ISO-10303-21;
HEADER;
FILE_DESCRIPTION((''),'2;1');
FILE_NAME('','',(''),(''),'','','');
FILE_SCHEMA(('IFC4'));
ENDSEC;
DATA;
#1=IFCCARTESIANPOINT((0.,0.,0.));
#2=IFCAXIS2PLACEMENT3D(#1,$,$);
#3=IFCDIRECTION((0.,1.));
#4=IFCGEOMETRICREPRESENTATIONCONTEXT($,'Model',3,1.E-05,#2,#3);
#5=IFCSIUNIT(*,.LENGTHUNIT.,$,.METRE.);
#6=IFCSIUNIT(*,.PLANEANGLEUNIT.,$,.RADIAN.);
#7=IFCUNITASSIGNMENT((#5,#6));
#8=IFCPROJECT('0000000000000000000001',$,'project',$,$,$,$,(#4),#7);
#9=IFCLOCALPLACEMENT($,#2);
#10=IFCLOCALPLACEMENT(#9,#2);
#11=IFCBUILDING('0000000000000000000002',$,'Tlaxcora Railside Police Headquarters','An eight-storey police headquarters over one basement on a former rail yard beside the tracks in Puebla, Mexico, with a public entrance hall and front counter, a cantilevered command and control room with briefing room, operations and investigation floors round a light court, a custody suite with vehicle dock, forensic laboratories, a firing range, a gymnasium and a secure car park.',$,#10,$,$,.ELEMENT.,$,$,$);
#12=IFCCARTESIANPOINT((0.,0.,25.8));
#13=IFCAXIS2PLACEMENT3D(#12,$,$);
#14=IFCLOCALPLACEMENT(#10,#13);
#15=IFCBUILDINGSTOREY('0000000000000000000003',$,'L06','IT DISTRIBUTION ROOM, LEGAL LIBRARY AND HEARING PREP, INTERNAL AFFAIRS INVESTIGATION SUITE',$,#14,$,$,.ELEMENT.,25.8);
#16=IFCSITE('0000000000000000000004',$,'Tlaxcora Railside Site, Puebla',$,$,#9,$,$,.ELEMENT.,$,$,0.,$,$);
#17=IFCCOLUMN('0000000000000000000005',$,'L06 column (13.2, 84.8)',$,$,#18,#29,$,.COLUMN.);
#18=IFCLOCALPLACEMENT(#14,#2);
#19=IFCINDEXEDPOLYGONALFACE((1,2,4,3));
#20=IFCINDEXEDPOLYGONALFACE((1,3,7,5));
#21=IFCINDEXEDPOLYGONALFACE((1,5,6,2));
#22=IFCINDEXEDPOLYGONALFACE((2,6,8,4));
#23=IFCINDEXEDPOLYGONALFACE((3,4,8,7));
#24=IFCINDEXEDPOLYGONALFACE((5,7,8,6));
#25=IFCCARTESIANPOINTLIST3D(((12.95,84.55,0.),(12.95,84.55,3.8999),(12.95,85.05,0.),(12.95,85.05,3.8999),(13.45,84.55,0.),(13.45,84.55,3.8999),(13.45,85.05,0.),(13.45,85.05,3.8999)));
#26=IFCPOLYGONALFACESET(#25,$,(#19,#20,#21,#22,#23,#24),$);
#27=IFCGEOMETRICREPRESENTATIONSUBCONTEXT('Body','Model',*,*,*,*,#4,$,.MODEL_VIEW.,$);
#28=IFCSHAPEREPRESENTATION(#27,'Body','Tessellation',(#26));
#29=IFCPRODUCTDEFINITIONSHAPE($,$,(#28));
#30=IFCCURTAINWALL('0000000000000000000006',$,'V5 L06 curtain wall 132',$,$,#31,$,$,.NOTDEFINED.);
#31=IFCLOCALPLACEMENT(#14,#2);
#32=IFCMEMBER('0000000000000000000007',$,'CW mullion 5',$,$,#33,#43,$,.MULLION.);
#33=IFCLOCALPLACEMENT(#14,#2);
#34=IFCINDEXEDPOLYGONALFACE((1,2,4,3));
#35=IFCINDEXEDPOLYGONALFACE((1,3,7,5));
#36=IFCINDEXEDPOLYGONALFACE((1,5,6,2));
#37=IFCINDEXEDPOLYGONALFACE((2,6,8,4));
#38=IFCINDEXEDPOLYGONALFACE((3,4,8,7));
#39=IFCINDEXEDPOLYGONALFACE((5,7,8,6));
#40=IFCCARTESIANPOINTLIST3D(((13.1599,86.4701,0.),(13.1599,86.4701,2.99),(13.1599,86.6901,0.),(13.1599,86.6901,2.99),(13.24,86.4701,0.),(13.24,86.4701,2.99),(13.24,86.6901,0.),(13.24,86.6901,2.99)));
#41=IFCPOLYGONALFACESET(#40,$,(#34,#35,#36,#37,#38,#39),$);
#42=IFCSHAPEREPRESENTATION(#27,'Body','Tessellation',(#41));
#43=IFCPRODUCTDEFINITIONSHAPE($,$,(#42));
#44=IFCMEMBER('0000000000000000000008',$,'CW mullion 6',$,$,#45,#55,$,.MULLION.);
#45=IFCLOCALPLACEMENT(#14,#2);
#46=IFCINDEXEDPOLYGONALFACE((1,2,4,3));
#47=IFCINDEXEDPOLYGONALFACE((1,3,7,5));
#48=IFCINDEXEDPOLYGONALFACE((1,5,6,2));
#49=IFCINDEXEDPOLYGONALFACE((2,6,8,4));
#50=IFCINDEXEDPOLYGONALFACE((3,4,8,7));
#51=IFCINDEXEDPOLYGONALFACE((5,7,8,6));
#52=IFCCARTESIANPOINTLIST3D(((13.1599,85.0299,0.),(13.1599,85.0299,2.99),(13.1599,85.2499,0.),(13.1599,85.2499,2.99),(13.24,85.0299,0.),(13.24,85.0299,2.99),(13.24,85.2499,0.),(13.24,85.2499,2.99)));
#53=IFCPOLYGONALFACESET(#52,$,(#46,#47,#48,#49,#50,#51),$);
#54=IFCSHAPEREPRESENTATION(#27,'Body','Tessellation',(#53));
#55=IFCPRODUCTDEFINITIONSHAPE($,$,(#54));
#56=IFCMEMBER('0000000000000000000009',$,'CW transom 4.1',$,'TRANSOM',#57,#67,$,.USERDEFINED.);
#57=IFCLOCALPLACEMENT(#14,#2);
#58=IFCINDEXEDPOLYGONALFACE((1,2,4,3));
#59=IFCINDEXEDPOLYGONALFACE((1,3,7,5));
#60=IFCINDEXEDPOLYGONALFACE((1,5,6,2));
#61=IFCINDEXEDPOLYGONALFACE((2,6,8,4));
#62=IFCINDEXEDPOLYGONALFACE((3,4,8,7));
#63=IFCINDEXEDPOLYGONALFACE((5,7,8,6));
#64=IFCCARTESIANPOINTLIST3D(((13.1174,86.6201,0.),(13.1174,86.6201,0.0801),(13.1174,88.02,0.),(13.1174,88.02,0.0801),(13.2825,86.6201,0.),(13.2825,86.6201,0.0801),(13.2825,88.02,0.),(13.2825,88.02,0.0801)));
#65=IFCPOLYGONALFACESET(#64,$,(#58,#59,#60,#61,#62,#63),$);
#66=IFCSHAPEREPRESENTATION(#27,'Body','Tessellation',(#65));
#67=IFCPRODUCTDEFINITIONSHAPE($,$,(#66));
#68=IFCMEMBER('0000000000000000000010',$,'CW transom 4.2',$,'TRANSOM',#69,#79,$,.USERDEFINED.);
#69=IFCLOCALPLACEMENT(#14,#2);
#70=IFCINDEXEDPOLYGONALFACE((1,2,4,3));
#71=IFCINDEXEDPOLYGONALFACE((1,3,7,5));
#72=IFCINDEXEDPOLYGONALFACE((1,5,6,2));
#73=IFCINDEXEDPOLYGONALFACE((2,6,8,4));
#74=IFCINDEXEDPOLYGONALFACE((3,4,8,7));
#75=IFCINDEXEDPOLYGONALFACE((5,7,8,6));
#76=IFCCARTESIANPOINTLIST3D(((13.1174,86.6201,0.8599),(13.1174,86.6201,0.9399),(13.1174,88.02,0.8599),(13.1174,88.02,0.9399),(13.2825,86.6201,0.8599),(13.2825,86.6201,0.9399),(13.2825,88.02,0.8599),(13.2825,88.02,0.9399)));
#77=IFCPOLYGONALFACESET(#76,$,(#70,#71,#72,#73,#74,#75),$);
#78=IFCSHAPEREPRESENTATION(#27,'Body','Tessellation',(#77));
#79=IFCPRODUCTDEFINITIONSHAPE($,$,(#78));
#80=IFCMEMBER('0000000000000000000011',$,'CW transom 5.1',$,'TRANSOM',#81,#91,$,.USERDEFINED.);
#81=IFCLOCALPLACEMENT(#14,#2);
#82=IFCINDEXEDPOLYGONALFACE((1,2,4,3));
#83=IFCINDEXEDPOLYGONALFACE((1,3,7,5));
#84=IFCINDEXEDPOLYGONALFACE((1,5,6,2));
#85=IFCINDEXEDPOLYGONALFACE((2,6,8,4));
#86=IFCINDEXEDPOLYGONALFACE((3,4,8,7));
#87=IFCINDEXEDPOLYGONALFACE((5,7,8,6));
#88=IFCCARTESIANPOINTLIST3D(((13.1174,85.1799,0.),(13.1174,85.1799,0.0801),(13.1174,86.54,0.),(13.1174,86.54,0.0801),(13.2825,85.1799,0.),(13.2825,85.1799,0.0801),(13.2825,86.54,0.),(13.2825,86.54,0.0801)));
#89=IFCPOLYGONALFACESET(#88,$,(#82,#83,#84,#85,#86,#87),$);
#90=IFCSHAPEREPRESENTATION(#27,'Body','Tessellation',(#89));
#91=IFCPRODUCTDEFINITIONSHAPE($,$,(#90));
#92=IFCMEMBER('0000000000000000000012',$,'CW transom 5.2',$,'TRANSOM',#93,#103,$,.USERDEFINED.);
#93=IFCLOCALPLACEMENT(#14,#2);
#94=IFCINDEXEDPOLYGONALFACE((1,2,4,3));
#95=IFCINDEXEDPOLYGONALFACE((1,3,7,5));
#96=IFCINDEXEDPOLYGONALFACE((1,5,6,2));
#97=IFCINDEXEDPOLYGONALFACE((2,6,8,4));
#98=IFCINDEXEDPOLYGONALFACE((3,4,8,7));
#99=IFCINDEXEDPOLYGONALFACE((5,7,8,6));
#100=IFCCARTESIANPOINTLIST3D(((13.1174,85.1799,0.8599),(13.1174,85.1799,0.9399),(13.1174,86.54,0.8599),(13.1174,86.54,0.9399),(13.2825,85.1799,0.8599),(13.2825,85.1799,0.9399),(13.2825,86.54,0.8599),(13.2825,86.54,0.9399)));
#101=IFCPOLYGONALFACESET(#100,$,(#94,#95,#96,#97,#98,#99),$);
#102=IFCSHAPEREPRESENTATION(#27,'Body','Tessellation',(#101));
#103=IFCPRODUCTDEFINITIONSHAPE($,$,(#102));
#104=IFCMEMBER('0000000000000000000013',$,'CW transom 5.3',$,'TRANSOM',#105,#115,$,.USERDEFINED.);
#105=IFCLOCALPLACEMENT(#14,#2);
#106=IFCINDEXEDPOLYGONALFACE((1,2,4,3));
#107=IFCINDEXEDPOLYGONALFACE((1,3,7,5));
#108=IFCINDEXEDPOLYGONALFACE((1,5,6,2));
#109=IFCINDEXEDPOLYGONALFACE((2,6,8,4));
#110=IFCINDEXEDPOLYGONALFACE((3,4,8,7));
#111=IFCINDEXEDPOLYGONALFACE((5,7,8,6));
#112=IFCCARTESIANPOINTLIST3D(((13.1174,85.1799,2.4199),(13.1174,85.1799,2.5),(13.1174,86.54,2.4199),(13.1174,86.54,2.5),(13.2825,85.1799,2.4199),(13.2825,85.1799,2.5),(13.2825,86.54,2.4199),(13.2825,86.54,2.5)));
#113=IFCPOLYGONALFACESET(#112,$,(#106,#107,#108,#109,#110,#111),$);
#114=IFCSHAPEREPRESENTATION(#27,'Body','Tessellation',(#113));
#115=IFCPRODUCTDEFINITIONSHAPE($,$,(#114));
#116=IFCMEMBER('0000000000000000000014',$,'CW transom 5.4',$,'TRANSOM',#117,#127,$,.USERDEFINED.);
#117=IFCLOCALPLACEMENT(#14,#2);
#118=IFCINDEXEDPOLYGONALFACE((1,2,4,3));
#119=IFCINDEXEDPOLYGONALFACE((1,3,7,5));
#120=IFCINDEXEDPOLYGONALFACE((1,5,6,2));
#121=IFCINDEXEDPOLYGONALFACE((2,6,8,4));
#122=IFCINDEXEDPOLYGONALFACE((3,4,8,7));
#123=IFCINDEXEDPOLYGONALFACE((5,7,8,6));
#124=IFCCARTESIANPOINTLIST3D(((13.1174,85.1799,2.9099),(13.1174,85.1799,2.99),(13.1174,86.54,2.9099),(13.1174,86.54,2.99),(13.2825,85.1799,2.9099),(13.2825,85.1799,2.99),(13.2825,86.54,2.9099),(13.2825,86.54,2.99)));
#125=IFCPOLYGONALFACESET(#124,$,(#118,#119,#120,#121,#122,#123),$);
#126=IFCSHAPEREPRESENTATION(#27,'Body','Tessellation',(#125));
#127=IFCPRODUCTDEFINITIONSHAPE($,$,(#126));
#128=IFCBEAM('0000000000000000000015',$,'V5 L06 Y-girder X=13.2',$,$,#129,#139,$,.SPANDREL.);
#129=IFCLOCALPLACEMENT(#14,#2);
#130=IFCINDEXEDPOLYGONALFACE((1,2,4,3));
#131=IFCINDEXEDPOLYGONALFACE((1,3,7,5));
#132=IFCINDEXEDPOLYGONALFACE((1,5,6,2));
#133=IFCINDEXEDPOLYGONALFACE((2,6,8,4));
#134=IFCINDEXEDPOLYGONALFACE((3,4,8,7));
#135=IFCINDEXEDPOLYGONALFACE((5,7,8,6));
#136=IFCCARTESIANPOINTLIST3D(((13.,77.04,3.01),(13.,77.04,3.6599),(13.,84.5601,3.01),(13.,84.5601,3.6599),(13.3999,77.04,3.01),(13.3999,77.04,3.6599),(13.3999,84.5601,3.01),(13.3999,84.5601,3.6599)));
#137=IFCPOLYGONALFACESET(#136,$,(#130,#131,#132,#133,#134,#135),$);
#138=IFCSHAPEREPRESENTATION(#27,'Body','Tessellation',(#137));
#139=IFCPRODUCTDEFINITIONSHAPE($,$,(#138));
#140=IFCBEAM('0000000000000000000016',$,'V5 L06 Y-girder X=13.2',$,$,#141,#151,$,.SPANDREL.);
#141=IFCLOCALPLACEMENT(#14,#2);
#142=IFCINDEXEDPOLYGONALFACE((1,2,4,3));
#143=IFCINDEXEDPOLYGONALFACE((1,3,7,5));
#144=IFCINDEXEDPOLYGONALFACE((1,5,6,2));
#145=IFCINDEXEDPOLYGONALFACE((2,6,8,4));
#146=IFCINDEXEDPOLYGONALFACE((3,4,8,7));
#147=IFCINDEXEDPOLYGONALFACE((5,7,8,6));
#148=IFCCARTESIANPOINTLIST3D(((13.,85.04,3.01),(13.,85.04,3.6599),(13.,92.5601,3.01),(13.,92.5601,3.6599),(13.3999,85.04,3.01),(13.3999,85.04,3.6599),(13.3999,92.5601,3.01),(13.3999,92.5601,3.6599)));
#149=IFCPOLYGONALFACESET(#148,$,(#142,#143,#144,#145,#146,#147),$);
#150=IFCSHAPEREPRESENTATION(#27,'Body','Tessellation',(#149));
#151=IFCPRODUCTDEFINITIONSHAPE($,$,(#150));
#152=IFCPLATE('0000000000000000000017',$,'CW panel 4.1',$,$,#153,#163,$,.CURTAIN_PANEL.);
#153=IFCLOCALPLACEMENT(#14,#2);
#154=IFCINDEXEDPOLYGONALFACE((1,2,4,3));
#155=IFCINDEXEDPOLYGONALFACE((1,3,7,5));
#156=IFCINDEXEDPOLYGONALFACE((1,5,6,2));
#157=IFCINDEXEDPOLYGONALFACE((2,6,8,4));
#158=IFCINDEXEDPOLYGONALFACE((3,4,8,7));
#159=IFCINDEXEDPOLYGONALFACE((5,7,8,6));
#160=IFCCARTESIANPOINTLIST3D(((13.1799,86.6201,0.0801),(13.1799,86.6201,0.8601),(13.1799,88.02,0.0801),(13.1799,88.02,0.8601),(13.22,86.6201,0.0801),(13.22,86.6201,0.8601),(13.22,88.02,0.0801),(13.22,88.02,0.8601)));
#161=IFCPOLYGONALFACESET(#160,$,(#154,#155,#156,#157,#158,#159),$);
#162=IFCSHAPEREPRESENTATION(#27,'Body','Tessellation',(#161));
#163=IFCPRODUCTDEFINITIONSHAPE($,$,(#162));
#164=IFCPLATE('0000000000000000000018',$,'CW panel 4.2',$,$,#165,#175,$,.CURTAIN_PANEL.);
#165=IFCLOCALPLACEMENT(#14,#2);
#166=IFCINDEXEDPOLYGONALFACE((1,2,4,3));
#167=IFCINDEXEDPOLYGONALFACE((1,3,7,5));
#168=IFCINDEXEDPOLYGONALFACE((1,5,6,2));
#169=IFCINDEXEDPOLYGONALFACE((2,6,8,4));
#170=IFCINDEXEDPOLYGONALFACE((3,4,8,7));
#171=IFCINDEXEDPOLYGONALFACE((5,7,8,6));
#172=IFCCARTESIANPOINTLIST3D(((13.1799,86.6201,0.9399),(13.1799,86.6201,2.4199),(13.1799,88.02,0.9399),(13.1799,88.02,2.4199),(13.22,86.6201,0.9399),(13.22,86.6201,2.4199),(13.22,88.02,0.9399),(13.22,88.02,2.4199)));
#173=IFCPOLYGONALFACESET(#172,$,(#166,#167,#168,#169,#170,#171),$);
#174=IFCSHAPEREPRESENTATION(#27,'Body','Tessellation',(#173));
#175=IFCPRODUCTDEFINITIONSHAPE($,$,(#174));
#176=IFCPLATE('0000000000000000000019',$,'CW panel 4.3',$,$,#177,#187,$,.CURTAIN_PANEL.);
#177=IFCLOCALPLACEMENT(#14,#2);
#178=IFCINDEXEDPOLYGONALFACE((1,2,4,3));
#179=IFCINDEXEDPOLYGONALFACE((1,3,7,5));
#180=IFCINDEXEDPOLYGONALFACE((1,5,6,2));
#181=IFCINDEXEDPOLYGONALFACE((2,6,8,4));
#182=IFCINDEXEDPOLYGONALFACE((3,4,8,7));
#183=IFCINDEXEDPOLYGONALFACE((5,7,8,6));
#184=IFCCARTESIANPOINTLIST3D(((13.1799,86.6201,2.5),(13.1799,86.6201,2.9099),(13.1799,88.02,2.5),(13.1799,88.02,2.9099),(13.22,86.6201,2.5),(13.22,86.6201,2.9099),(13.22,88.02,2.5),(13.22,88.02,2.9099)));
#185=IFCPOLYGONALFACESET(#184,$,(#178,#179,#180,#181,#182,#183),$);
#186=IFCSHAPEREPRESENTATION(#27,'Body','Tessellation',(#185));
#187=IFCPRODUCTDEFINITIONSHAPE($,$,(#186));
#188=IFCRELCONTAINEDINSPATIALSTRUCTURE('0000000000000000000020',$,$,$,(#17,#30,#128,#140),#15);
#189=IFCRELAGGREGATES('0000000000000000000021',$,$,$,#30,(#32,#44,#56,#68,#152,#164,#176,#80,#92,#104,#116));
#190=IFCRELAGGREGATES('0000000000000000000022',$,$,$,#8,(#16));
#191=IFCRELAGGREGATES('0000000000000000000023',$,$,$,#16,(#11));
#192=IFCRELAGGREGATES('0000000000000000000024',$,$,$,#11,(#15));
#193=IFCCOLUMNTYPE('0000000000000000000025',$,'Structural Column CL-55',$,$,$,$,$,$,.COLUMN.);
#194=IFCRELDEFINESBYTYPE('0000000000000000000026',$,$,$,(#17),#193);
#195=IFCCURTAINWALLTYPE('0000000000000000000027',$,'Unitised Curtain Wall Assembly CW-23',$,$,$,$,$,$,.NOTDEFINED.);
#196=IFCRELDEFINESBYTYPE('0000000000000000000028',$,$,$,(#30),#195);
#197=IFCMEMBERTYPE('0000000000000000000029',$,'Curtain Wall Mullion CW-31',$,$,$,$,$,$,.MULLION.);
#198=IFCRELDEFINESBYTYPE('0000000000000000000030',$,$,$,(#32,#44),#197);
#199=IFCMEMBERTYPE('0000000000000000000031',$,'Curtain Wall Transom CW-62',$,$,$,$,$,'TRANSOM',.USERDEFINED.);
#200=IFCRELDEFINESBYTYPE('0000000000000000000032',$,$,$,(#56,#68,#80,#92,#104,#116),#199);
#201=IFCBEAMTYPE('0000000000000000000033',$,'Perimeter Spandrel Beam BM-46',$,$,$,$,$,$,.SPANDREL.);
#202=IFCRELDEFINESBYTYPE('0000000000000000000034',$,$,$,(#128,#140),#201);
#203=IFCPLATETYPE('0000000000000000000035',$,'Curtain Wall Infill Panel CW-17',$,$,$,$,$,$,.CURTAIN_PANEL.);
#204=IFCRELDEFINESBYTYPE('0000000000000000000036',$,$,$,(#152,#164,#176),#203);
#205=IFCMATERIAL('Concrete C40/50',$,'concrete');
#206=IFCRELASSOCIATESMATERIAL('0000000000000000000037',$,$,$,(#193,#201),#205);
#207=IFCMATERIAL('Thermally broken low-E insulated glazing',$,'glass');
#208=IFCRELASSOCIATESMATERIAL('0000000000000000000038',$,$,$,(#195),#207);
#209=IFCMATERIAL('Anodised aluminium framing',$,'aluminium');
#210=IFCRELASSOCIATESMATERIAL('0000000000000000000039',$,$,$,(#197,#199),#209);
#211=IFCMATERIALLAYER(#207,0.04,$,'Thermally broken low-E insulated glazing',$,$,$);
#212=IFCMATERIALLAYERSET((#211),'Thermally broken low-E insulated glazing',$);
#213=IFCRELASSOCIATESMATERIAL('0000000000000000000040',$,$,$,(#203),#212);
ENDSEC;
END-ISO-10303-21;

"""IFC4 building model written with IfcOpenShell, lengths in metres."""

from ifc_helpers import new_model, si_unit, direction, frame, origin, origin_2d, place, context, subcontext, project, spatial, rectangle, extrude, material, layer, layer_set, material_profile, profile_set, type_object, element, aggregate, save


model = new_model("IFC4")

# Units and contexts
model_context = context("Model", 3, precision=1e-05, world=origin(), true_north=direction((0.0, 1.0)))
body_context = subcontext(model_context, "Body", "Model", "MODEL_VIEW")
ifc_project = project(units=[si_unit("LENGTHUNIT", "METRE"), si_unit("PLANEANGLEUNIT", "RADIAN")], contexts=[model_context])

# Site, building, storey
site_placement = place(None, origin())
site = spatial("IfcSite", under=ifc_project, at=site_placement, Name="Tlaxcora Railside Site, Puebla", CompositionType="ELEMENT", RefElevation=0.0)
building_placement = place(site_placement, origin())
building = spatial("IfcBuilding", under=site, at=building_placement, Name="Tlaxcora Railside Police Headquarters", Description="An eight-storey police headquarters over one basement on a former rail yard beside the tracks in Puebla, Mexico, with a public entrance hall and front counter, a cantilevered command and control room with briefing room, operations and investigation floors round a light court, a custody suite with vehicle dock, forensic laboratories, a firing range, a gymnasium and a secure car park.", CompositionType="ELEMENT")
storey_placement = place(building_placement, frame((0.0, 0.0, 25.8)))
storey = spatial("IfcBuildingStorey", under=building, at=storey_placement, Name="L06", Description="IT DISTRIBUTION ROOM, LEGAL LIBRARY AND HEARING PREP, INTERNAL AFFAIRS INVESTIGATION SUITE", CompositionType="ELEMENT", Elevation=25.8)

# Column
ifc_material_1 = material(Name="Concrete C40/50", Category="concrete")
ifc_material_profile_1 = material_profile(ifc_material_1, rectangle(XDim=0.5, YDim=0.5, at=origin_2d()), Name="RC500X500")
ifc_profile_set_1 = profile_set([ifc_material_profile_1], Name="Concrete C40/50")
column_type = type_object("IfcColumnType", Name="Structural Column CL-55", PredefinedType="COLUMN", material=ifc_profile_set_1)
column_placement = place(storey_placement, frame((13.2, 84.8, 0.0), z_axis=(0.0, 0.0, 1.0), x_axis=(1.0, 0.0, 0.0)))
element("IfcColumn", 1, at=column_placement, inside=storey, type_object=column_type, Name="L06 column (13.2, 84.8)", PredefinedType="COLUMN", context=body_context, shape_type="SweptSolid", body=[
    extrude(rectangle(XDim=0.5, YDim=0.5, at=origin_2d()), origin(), (0.0, 0.0, 1.0), 3.8999),
])

# Curtain wall, members
ifc_material_2 = material(Name="Thermally broken low-E insulated glazing", Category="glass")
curtain_wall_type = type_object("IfcCurtainWallType", Name="Unitised Curtain Wall Assembly CW-23", PredefinedType="NOTDEFINED", material=ifc_material_2)
curtain_wall_placement = place(storey_placement, origin())
curtain_wall = element("IfcCurtainWall", 2, at=curtain_wall_placement, inside=storey, type_object=curtain_wall_type, Name="V5 L06 curtain wall 132", PredefinedType="NOTDEFINED")
ifc_material_3 = material(Name="Anodised aluminium framing", Category="aluminium")
ifc_material_profile_2 = material_profile(ifc_material_3, rectangle(XDim=0.0801, YDim=0.22, at=origin_2d()), Name="AL80X220")
ifc_profile_set_2 = profile_set([ifc_material_profile_2], Name="Anodised aluminium framing")
member_type_1 = type_object("IfcMemberType", Name="Curtain Wall Mullion CW-31", PredefinedType="MULLION", material=ifc_profile_set_2)
member_1_placement = place(storey_placement, frame((13.2, 86.5801, 0.0), z_axis=(0.0, 0.0, 1.0), x_axis=(1.0, 0.0, 0.0)))
member_1 = element("IfcMember", 3, at=member_1_placement, type_object=member_type_1, Name="CW mullion 5", PredefinedType="MULLION", context=body_context, shape_type="SweptSolid", body=[
    extrude(rectangle(XDim=0.0801, YDim=0.22, at=origin_2d()), origin(), (0.0, 0.0, 1.0), 2.99),
])
member_2_placement = place(storey_placement, frame((13.2, 85.1399, 0.0), z_axis=(0.0, 0.0, 1.0), x_axis=(1.0, 0.0, 0.0)))
member_2 = element("IfcMember", 4, at=member_2_placement, type_object=member_type_1, Name="CW mullion 6", PredefinedType="MULLION", context=body_context, shape_type="SweptSolid", body=[
    extrude(rectangle(XDim=0.0801, YDim=0.22, at=origin_2d()), origin(), (0.0, 0.0, 1.0), 2.99),
])
ifc_material_profile_3 = material_profile(ifc_material_3, rectangle(XDim=0.165, YDim=0.0801, at=origin_2d()), Name="AL80X165")
ifc_profile_set_3 = profile_set([ifc_material_profile_3], Name="Anodised aluminium framing")
member_type_2 = type_object("IfcMemberType", Name="Curtain Wall Transom CW-62", ElementType="TRANSOM", PredefinedType="USERDEFINED", material=ifc_profile_set_3)
member_3_placement = place(storey_placement, frame((13.2, 88.02, 0.04), z_axis=(0.0, -1.0, 0.0), x_axis=(1.0, 0.0, 0.0)))
member_3 = element("IfcMember", 5, at=member_3_placement, type_object=member_type_2, Name="CW transom 4.1", ObjectType="TRANSOM", PredefinedType="USERDEFINED", context=body_context, shape_type="SweptSolid", body=[
    extrude(rectangle(XDim=0.165, YDim=0.0801, at=origin_2d()), origin(), (0.0, 0.0, 1.0), 1.3999),
])
member_4_placement = place(storey_placement, frame((13.2, 88.02, 0.8999), z_axis=(0.0, -1.0, 0.0), x_axis=(1.0, 0.0, 0.0)))
member_4 = element("IfcMember", 6, at=member_4_placement, type_object=member_type_2, Name="CW transom 4.2", ObjectType="TRANSOM", PredefinedType="USERDEFINED", context=body_context, shape_type="SweptSolid", body=[
    extrude(rectangle(XDim=0.165, YDim=0.0801, at=origin_2d()), origin(), (0.0, 0.0, 1.0), 1.3999),
])
member_5_placement = place(storey_placement, frame((13.2, 86.54, 0.04), z_axis=(0.0, -1.0, 0.0), x_axis=(1.0, 0.0, 0.0)))
member_5 = element("IfcMember", 7, at=member_5_placement, type_object=member_type_2, Name="CW transom 5.1", ObjectType="TRANSOM", PredefinedType="USERDEFINED", context=body_context, shape_type="SweptSolid", body=[
    extrude(rectangle(XDim=0.165, YDim=0.0801, at=origin_2d()), origin(), (0.0, 0.0, 1.0), 1.3601),
])
member_6_placement = place(storey_placement, frame((13.2, 86.54, 0.8999), z_axis=(0.0, -1.0, 0.0), x_axis=(1.0, 0.0, 0.0)))
member_6 = element("IfcMember", 8, at=member_6_placement, type_object=member_type_2, Name="CW transom 5.2", ObjectType="TRANSOM", PredefinedType="USERDEFINED", context=body_context, shape_type="SweptSolid", body=[
    extrude(rectangle(XDim=0.165, YDim=0.0801, at=origin_2d()), origin(), (0.0, 0.0, 1.0), 1.3601),
])
member_7_placement = place(storey_placement, frame((13.2, 86.54, 2.46), z_axis=(0.0, -1.0, 0.0), x_axis=(1.0, 0.0, 0.0)))
member_7 = element("IfcMember", 9, at=member_7_placement, type_object=member_type_2, Name="CW transom 5.3", ObjectType="TRANSOM", PredefinedType="USERDEFINED", context=body_context, shape_type="SweptSolid", body=[
    extrude(rectangle(XDim=0.165, YDim=0.0801, at=origin_2d()), origin(), (0.0, 0.0, 1.0), 1.3601),
])
member_8_placement = place(storey_placement, frame((13.2, 86.54, 2.95), z_axis=(0.0, -1.0, 0.0), x_axis=(1.0, 0.0, 0.0)))
member_8 = element("IfcMember", 10, at=member_8_placement, type_object=member_type_2, Name="CW transom 5.4", ObjectType="TRANSOM", PredefinedType="USERDEFINED", context=body_context, shape_type="SweptSolid", body=[
    extrude(rectangle(XDim=0.165, YDim=0.0801, at=origin_2d()), origin(), (0.0, 0.0, 1.0), 1.3601),
])

# Beams
ifc_material_profile_4 = material_profile(ifc_material_1, rectangle(XDim=0.3999, YDim=0.6499, at=origin_2d()), Name="RC400X650")
ifc_profile_set_4 = profile_set([ifc_material_profile_4], Name="Concrete C40/50")
beam_type = type_object("IfcBeamType", Name="Perimeter Spandrel Beam BM-46", PredefinedType="SPANDREL", material=ifc_profile_set_4)
for number, where, z_axis, x_axis, name in (
    (11, (13.2, 77.04, 3.335), (0.0, 1.0, 0.0), (-1.0, 0.0, 0.0), "V5 L06 Y-girder X=13.2"),
    (12, (13.2, 85.04, 3.335), (0.0, 1.0, 0.0), (-1.0, 0.0, 0.0), "V5 L06 Y-girder X=13.2"),
):
    element("IfcBeam", number, at=place(storey_placement, frame(where, z_axis=z_axis, x_axis=x_axis)), inside=storey, type_object=beam_type, Name=name, PredefinedType="SPANDREL", context=body_context, shape_type="SweptSolid", body=[
        extrude(rectangle(XDim=0.3999, YDim=0.6499, at=origin_2d()), origin(), (0.0, 0.0, 1.0), 7.52),
    ])

# Plates
ifc_layer_1 = layer(ifc_material_2, 0.04, Name="Thermally broken low-E insulated glazing")
ifc_layer_set_1 = layer_set([ifc_layer_1], Name="Thermally broken low-E insulated glazing")
plate_type = type_object("IfcPlateType", Name="Curtain Wall Infill Panel CW-17", PredefinedType="CURTAIN_PANEL", material=ifc_layer_set_1)
plate_1_placement = place(storey_placement, frame((13.2, 87.3201, 0.0801), z_axis=(0.0, 0.0, 1.0), x_axis=(0.0, -1.0, 0.0)))
plate_1 = element("IfcPlate", 13, at=plate_1_placement, type_object=plate_type, Name="CW panel 4.1", PredefinedType="CURTAIN_PANEL", context=body_context, shape_type="SweptSolid", body=[
    extrude(rectangle(XDim=1.3999, YDim=0.04, at=origin_2d()), origin(), (0.0, 0.0, 1.0), 0.78),
])
plate_2_placement = place(storey_placement, frame((13.2, 87.3201, 0.9399), z_axis=(0.0, 0.0, 1.0), x_axis=(0.0, -1.0, 0.0)))
plate_2 = element("IfcPlate", 14, at=plate_2_placement, type_object=plate_type, Name="CW panel 4.2", PredefinedType="CURTAIN_PANEL", context=body_context, shape_type="SweptSolid", body=[
    extrude(rectangle(XDim=1.3999, YDim=0.04, at=origin_2d()), origin(), (0.0, 0.0, 1.0), 1.48),
])
plate_3_placement = place(storey_placement, frame((13.2, 87.3201, 2.5), z_axis=(0.0, 0.0, 1.0), x_axis=(0.0, -1.0, 0.0)))
plate_3 = element("IfcPlate", 15, at=plate_3_placement, type_object=plate_type, Name="CW panel 4.3", PredefinedType="CURTAIN_PANEL", context=body_context, shape_type="SweptSolid", body=[
    extrude(rectangle(XDim=1.3999, YDim=0.04, at=origin_2d()), origin(), (0.0, 0.0, 1.0), 0.4099),
])
aggregate(curtain_wall, [member_1, member_2, member_3, member_4, plate_1, plate_2, plate_3, member_5, member_6, member_7, member_8])

save(model, "model.ifc")
